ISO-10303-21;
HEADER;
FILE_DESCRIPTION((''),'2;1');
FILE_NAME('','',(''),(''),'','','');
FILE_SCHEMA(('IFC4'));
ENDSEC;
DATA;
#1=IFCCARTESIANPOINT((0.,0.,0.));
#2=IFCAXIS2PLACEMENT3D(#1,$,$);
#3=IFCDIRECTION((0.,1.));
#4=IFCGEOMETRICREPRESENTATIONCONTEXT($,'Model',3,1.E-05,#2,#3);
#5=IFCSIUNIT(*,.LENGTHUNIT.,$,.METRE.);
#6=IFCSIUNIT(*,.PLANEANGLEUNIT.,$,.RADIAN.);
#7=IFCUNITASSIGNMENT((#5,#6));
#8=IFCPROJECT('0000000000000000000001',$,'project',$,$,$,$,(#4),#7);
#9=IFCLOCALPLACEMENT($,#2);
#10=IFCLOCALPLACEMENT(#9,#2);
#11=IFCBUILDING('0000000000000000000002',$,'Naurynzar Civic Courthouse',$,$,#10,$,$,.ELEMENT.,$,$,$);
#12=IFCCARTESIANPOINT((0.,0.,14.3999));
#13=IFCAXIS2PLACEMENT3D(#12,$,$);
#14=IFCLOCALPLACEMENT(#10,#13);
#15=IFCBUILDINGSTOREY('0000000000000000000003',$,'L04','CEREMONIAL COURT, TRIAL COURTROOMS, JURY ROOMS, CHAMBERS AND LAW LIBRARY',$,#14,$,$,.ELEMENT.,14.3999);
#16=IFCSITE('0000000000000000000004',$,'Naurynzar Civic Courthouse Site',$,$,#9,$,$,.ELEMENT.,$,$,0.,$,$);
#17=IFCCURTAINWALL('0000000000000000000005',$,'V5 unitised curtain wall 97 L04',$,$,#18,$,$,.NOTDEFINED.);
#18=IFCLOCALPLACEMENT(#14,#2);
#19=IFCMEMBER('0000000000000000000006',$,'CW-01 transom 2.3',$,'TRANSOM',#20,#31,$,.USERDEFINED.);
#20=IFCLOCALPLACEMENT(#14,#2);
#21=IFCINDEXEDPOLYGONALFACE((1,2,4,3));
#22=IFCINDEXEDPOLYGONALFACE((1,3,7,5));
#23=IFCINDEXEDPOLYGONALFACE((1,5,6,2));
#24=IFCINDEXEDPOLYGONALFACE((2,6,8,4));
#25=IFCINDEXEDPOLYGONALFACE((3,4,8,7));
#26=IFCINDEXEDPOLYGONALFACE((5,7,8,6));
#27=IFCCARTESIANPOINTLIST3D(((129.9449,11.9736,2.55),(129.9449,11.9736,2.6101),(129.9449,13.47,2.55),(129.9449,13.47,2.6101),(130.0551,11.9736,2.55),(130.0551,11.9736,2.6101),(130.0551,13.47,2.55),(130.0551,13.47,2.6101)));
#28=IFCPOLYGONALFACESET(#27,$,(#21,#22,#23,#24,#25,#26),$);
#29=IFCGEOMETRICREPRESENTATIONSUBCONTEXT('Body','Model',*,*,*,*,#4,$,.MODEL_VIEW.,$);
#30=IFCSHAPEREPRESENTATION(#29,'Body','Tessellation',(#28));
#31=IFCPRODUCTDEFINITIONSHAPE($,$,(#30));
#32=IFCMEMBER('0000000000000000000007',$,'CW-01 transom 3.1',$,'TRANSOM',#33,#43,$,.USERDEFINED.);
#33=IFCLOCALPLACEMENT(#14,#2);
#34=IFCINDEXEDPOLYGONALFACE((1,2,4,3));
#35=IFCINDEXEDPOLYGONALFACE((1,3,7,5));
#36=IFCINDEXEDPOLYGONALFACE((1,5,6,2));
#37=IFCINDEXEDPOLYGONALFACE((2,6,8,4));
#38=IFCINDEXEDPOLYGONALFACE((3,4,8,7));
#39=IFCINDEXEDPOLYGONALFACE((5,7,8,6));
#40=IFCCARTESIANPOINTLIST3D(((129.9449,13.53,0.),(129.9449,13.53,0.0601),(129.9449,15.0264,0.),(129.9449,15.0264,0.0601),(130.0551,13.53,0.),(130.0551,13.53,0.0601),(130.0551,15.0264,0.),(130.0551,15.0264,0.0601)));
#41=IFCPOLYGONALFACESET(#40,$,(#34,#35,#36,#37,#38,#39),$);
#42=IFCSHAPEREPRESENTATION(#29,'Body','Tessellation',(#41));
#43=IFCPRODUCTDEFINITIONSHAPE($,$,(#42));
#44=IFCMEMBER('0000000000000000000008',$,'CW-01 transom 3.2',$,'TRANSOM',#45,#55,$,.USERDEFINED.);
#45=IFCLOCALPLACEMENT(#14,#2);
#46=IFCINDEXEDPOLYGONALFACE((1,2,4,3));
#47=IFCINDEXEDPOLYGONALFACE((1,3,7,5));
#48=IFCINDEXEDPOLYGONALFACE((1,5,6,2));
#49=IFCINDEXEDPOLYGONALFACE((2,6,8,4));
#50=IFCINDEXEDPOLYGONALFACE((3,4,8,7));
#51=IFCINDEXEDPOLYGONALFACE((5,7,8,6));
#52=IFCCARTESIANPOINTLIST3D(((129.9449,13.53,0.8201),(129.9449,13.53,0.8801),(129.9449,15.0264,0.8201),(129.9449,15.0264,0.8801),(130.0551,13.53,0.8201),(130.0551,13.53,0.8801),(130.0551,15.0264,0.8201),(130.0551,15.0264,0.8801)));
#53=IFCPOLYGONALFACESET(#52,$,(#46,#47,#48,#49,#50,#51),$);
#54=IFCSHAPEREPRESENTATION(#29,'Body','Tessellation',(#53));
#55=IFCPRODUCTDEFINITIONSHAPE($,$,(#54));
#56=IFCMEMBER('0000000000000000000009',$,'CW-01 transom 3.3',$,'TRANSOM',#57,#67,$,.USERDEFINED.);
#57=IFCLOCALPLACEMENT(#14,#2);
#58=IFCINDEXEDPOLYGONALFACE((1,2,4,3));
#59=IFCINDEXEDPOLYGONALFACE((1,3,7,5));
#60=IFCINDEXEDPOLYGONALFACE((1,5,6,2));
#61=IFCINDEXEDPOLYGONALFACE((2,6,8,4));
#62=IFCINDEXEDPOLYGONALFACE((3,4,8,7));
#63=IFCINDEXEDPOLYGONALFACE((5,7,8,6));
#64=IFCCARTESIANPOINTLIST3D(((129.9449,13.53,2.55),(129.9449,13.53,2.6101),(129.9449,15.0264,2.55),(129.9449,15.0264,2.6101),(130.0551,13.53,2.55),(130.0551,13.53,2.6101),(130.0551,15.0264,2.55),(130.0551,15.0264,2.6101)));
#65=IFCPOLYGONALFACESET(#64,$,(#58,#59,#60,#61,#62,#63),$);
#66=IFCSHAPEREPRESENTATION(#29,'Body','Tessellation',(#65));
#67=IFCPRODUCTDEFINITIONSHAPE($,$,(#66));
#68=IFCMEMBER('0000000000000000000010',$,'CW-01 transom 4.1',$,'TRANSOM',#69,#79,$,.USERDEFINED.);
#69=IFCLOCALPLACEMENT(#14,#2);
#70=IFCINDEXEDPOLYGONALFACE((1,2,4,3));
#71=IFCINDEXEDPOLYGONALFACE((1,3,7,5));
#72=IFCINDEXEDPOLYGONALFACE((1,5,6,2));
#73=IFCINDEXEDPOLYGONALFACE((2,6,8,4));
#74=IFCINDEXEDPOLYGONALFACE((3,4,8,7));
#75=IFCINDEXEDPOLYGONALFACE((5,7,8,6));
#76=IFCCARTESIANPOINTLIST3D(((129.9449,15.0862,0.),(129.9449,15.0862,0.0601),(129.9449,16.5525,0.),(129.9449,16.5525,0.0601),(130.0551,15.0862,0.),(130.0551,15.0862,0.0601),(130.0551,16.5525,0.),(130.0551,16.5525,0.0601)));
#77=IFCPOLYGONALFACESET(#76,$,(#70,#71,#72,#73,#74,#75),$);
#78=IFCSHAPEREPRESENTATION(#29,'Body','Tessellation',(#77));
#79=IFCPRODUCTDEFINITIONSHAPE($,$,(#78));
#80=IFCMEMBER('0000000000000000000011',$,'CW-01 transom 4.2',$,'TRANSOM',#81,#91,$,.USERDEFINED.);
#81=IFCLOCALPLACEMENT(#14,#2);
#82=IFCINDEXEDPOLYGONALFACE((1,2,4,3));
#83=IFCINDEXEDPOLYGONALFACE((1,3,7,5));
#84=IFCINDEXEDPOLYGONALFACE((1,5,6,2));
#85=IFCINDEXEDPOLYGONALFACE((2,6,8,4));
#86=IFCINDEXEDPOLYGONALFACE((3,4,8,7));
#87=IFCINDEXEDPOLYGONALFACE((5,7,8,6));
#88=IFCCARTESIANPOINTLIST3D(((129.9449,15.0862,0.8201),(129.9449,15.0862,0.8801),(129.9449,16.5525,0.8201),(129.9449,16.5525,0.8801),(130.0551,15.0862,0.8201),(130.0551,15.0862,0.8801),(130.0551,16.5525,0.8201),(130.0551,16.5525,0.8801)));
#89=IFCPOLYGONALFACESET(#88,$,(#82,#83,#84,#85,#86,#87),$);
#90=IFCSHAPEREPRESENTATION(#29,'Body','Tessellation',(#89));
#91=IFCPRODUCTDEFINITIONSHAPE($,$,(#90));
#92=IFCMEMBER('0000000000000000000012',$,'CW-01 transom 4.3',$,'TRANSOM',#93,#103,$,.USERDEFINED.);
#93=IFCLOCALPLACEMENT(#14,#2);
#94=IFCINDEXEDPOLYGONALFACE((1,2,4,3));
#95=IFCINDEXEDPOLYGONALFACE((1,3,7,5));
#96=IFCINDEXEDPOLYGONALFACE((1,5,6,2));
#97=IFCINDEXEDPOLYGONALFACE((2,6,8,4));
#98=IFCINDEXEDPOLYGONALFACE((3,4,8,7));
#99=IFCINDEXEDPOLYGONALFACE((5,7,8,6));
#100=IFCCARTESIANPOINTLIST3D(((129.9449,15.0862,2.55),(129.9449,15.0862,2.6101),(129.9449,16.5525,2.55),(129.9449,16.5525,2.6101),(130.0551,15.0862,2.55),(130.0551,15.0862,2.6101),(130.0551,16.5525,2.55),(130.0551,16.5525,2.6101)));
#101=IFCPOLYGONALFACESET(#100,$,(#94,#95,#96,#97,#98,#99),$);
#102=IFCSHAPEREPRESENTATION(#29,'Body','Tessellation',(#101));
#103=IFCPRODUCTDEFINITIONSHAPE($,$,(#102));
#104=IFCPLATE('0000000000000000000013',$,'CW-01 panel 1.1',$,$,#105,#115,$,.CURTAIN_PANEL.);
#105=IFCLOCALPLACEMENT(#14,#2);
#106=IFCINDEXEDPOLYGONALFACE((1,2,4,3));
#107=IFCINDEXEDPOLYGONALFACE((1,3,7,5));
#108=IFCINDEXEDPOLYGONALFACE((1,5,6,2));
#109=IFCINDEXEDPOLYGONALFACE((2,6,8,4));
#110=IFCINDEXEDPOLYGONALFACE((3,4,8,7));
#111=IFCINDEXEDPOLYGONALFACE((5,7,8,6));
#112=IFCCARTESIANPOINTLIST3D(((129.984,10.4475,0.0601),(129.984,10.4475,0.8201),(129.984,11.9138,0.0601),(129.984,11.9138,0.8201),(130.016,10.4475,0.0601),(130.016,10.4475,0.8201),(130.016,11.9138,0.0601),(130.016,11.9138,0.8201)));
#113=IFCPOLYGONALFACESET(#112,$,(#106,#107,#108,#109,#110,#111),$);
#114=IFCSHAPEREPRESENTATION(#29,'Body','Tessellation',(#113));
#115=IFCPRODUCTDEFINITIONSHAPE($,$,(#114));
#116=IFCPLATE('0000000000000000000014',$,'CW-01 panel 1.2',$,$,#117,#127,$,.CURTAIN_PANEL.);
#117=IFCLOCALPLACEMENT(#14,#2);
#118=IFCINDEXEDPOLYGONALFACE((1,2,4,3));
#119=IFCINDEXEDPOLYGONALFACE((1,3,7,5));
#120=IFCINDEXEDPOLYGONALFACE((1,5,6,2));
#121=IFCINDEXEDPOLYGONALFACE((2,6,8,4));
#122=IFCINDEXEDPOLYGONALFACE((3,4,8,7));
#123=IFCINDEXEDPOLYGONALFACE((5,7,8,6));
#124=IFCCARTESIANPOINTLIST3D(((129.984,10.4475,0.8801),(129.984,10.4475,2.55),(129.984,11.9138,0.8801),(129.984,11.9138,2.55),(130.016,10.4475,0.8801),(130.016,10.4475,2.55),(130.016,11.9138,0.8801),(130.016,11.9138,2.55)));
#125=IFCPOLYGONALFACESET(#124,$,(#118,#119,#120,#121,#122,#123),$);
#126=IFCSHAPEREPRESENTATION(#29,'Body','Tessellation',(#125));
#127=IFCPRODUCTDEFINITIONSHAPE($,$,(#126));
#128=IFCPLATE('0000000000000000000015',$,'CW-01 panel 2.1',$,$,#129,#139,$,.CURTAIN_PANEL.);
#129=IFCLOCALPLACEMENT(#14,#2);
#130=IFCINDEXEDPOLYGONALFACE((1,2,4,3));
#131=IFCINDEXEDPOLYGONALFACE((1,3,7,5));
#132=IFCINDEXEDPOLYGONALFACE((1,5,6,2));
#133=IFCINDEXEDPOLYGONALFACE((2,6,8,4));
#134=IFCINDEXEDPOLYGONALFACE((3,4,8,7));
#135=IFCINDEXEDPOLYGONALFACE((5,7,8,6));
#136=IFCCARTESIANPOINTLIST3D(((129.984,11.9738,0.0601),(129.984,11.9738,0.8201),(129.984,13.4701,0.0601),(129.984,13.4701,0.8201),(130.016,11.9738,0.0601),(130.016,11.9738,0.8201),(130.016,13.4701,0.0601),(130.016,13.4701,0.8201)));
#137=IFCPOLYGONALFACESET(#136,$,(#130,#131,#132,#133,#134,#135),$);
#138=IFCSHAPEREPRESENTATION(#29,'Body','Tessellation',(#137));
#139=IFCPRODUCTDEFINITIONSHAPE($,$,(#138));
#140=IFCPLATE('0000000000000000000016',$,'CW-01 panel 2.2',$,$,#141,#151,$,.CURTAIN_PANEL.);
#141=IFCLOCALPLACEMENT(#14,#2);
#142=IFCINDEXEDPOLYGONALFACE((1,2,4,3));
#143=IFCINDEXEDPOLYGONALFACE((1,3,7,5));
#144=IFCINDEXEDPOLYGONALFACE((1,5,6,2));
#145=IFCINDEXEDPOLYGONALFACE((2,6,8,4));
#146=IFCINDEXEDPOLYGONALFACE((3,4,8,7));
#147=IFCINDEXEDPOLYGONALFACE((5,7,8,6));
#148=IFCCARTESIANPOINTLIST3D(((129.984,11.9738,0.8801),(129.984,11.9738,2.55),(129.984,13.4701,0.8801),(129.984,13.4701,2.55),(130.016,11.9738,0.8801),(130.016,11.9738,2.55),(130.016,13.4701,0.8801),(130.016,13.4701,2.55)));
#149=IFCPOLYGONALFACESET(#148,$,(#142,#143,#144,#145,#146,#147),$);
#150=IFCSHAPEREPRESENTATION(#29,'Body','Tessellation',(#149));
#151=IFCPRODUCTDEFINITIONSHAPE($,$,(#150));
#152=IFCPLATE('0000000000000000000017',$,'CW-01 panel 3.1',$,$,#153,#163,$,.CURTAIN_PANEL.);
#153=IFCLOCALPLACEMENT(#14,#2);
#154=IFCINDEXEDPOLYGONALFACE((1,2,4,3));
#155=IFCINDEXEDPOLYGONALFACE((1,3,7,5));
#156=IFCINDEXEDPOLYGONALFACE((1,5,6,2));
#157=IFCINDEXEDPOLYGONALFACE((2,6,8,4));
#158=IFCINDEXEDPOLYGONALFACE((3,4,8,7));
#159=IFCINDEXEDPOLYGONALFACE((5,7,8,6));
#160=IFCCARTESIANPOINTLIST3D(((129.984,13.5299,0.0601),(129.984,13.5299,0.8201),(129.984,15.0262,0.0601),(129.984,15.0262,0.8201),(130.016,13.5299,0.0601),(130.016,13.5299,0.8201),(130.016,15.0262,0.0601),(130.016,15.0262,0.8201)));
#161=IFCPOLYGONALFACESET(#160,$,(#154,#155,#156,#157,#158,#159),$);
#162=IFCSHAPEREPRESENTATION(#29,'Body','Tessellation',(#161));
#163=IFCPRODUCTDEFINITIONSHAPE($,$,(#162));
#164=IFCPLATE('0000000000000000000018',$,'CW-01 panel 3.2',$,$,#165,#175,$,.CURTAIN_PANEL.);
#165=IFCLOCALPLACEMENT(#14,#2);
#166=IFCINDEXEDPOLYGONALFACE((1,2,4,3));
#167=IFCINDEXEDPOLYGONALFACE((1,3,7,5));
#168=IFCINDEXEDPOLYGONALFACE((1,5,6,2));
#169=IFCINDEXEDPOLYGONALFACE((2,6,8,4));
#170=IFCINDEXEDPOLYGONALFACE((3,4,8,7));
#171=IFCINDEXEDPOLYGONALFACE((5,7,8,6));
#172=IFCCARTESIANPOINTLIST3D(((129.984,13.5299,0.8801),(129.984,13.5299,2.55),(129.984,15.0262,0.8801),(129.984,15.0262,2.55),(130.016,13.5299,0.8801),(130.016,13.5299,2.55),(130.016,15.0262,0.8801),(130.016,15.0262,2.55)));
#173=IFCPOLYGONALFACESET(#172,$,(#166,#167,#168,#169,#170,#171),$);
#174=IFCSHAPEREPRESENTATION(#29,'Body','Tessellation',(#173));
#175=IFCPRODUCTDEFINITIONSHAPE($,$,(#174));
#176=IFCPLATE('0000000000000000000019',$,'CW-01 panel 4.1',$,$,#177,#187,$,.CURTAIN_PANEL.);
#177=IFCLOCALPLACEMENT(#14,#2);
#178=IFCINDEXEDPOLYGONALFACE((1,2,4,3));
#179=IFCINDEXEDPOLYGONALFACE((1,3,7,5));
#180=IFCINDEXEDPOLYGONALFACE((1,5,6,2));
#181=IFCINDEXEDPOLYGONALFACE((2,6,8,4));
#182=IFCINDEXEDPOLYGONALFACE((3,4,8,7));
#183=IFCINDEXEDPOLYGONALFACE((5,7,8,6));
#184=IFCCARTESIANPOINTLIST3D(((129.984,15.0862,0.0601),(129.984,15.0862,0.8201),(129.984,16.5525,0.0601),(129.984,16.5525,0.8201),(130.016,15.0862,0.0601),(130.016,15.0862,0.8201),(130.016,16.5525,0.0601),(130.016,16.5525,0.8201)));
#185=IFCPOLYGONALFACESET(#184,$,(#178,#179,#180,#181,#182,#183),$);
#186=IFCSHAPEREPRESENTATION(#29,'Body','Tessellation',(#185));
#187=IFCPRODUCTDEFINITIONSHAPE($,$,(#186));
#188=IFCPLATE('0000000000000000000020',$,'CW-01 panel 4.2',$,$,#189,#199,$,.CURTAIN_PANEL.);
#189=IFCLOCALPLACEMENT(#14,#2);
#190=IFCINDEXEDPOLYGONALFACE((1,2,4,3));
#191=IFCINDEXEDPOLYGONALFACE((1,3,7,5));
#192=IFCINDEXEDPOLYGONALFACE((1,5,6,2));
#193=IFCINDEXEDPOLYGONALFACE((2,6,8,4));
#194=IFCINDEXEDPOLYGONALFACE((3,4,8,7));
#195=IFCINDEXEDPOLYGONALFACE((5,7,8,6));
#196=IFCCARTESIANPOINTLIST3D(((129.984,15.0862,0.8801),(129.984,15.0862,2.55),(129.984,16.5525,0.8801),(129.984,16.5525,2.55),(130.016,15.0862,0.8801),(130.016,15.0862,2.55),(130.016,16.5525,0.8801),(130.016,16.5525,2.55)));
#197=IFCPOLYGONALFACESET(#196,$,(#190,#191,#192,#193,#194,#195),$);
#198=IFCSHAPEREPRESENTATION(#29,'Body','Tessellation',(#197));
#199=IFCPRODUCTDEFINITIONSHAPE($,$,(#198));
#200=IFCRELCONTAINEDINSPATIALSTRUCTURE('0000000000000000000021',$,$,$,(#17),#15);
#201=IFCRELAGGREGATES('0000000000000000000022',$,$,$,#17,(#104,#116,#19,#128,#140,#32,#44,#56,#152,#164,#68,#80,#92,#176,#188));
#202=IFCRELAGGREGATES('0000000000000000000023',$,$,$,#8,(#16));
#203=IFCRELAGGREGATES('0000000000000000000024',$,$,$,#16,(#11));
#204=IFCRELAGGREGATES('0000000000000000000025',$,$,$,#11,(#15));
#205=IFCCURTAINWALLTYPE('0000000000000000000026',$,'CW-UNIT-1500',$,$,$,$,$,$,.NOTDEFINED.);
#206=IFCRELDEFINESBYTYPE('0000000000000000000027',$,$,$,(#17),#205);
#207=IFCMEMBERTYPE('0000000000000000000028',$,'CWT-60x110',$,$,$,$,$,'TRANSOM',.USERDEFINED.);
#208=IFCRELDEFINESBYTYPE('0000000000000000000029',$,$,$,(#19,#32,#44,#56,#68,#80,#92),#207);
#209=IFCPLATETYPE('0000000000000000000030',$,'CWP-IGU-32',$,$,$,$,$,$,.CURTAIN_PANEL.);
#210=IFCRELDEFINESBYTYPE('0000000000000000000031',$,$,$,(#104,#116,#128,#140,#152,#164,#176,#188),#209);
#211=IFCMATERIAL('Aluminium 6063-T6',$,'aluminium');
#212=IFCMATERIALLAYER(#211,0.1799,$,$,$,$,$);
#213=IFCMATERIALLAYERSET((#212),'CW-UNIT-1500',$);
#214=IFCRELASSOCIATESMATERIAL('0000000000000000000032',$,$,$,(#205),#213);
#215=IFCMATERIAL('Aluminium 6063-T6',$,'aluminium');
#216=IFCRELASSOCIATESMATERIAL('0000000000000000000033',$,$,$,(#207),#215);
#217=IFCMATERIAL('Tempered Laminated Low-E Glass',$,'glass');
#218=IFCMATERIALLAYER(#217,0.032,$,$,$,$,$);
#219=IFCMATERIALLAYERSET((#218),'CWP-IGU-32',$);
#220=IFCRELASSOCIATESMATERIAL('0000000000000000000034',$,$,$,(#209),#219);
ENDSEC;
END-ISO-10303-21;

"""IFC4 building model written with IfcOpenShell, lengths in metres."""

from ifc_helpers import new_model, si_unit, direction, frame, origin, origin_2d, place, context, subcontext, project, spatial, rectangle, extrude, material, layer, layer_set, material_profile, profile_set, type_object, element, aggregate, save


model = new_model("IFC4")

# Units and contexts
model_context = context("Model", 3, precision=1e-05, world=origin(), true_north=direction((0.0, 1.0)))
body_context = subcontext(model_context, "Body", "Model", "MODEL_VIEW")
ifc_project = project(units=[si_unit("LENGTHUNIT", "METRE"), si_unit("PLANEANGLEUNIT", "RADIAN")], contexts=[model_context])

# Site, building, storey
site_placement = place(None, origin())
site = spatial("IfcSite", under=ifc_project, at=site_placement, Name="Naurynzar Civic Courthouse Site", CompositionType="ELEMENT", RefElevation=0.0)
building_placement = place(site_placement, origin())
building = spatial("IfcBuilding", under=site, at=building_placement, Name="Naurynzar Civic Courthouse", CompositionType="ELEMENT")
storey_placement = place(building_placement, frame((0.0, 0.0, 14.3999)))
storey = spatial("IfcBuildingStorey", under=building, at=storey_placement, Name="L04", Description="CEREMONIAL COURT, TRIAL COURTROOMS, JURY ROOMS, CHAMBERS AND LAW LIBRARY", CompositionType="ELEMENT", Elevation=14.3999)

# Curtain wall, members, plates
ifc_material_1 = material(Name="Aluminium 6063-T6", Category="aluminium")
ifc_layer_1 = layer(ifc_material_1, 0.1799)
ifc_layer_set_1 = layer_set([ifc_layer_1], Name="CW-UNIT-1500")
curtain_wall_type = type_object("IfcCurtainWallType", Name="CW-UNIT-1500", PredefinedType="NOTDEFINED", material=ifc_layer_set_1)
curtain_wall_placement = place(storey_placement, origin())
curtain_wall = element("IfcCurtainWall", 1, at=curtain_wall_placement, inside=storey, type_object=curtain_wall_type, Name="V5 unitised curtain wall 97 L04", PredefinedType="NOTDEFINED")
ifc_material_2 = material(Name="Aluminium 6063-T6", Category="aluminium")
ifc_material_profile_1 = material_profile(ifc_material_2, rectangle(XDim=0.1101, YDim=0.0601, at=origin_2d()), Name="ALU TRANSOM 60x110")
ifc_profile_set_1 = profile_set([ifc_material_profile_1], Name="Aluminium 6063-T6")
member_type_1 = type_object("IfcMemberType", Name="CWT-60x110", ElementType="TRANSOM", PredefinedType="USERDEFINED", material=ifc_profile_set_1)
member_1_placement = place(storey_placement, frame((130.0, 11.9736, 2.5801), z_axis=(0.0, 1.0, 0.0), x_axis=(-1.0, 0.0, 0.0)))
member_1 = element("IfcMember", 2, at=member_1_placement, type_object=member_type_1, Name="CW-01 transom 2.3", ObjectType="TRANSOM", PredefinedType="USERDEFINED", context=body_context, shape_type="SweptSolid", body=[
    extrude(rectangle(XDim=0.1101, YDim=0.0601, at=origin_2d()), origin(), (0.0, 0.0, 1.0), 1.4963),
])
member_2_placement = place(storey_placement, frame((130.0, 13.53, 0.03), z_axis=(0.0, 1.0, 0.0), x_axis=(-1.0, 0.0, 0.0)))
member_2 = element("IfcMember", 3, at=member_2_placement, type_object=member_type_1, Name="CW-01 transom 3.1", ObjectType="TRANSOM", PredefinedType="USERDEFINED", context=body_context, shape_type="SweptSolid", body=[
    extrude(rectangle(XDim=0.1101, YDim=0.0601, at=origin_2d()), origin(), (0.0, 0.0, 1.0), 1.4963),
])
member_3_placement = place(storey_placement, frame((130.0, 13.53, 0.8501), z_axis=(0.0, 1.0, 0.0), x_axis=(-1.0, 0.0, 0.0)))
member_3 = element("IfcMember", 4, at=member_3_placement, type_object=member_type_1, Name="CW-01 transom 3.2", ObjectType="TRANSOM", PredefinedType="USERDEFINED", context=body_context, shape_type="SweptSolid", body=[
    extrude(rectangle(XDim=0.1101, YDim=0.0601, at=origin_2d()), origin(), (0.0, 0.0, 1.0), 1.4963),
])
member_4_placement = place(storey_placement, frame((130.0, 13.53, 2.5801), z_axis=(0.0, 1.0, 0.0), x_axis=(-1.0, 0.0, 0.0)))
member_4 = element("IfcMember", 5, at=member_4_placement, type_object=member_type_1, Name="CW-01 transom 3.3", ObjectType="TRANSOM", PredefinedType="USERDEFINED", context=body_context, shape_type="SweptSolid", body=[
    extrude(rectangle(XDim=0.1101, YDim=0.0601, at=origin_2d()), origin(), (0.0, 0.0, 1.0), 1.4963),
])
member_5_placement = place(storey_placement, frame((130.0, 15.0862, 0.03), z_axis=(0.0, 1.0, 0.0), x_axis=(-1.0, 0.0, 0.0)))
member_5 = element("IfcMember", 6, at=member_5_placement, type_object=member_type_1, Name="CW-01 transom 4.1", ObjectType="TRANSOM", PredefinedType="USERDEFINED", context=body_context, shape_type="SweptSolid", body=[
    extrude(rectangle(XDim=0.1101, YDim=0.0601, at=origin_2d()), origin(), (0.0, 0.0, 1.0), 1.4663),
])
member_6_placement = place(storey_placement, frame((130.0, 15.0862, 0.8501), z_axis=(0.0, 1.0, 0.0), x_axis=(-1.0, 0.0, 0.0)))
member_6 = element("IfcMember", 7, at=member_6_placement, type_object=member_type_1, Name="CW-01 transom 4.2", ObjectType="TRANSOM", PredefinedType="USERDEFINED", context=body_context, shape_type="SweptSolid", body=[
    extrude(rectangle(XDim=0.1101, YDim=0.0601, at=origin_2d()), origin(), (0.0, 0.0, 1.0), 1.4663),
])
member_7_placement = place(storey_placement, frame((130.0, 15.0862, 2.5801), z_axis=(0.0, 1.0, 0.0), x_axis=(-1.0, 0.0, 0.0)))
member_7 = element("IfcMember", 8, at=member_7_placement, type_object=member_type_1, Name="CW-01 transom 4.3", ObjectType="TRANSOM", PredefinedType="USERDEFINED", context=body_context, shape_type="SweptSolid", body=[
    extrude(rectangle(XDim=0.1101, YDim=0.0601, at=origin_2d()), origin(), (0.0, 0.0, 1.0), 1.4663),
])
ifc_material_3 = material(Name="Tempered Laminated Low-E Glass", Category="glass")
ifc_layer_2 = layer(ifc_material_3, 0.032)
ifc_layer_set_2 = layer_set([ifc_layer_2], Name="CWP-IGU-32")
plate_type = type_object("IfcPlateType", Name="CWP-IGU-32", PredefinedType="CURTAIN_PANEL", material=ifc_layer_set_2)
plate_1_placement = place(storey_placement, frame((130.0, 11.1807, 0.0601), z_axis=(0.0, 0.0, 1.0), x_axis=(0.0, 1.0, 0.0)))
plate_1 = element("IfcPlate", 9, at=plate_1_placement, type_object=plate_type, Name="CW-01 panel 1.1", PredefinedType="CURTAIN_PANEL", context=body_context, shape_type="SweptSolid", body=[
    extrude(rectangle(XDim=1.4663, YDim=0.032, at=origin_2d()), origin(), (0.0, 0.0, 1.0), 0.76),
])
plate_2_placement = place(storey_placement, frame((130.0, 11.1807, 0.8801), z_axis=(0.0, 0.0, 1.0), x_axis=(0.0, 1.0, 0.0)))
plate_2 = element("IfcPlate", 10, at=plate_2_placement, type_object=plate_type, Name="CW-01 panel 1.2", PredefinedType="CURTAIN_PANEL", context=body_context, shape_type="SweptSolid", body=[
    extrude(rectangle(XDim=1.4663, YDim=0.032, at=origin_2d()), origin(), (0.0, 0.0, 1.0), 1.6699),
])
plate_3_placement = place(storey_placement, frame((130.0, 12.7219, 0.0601), z_axis=(0.0, 0.0, 1.0), x_axis=(0.0, 1.0, 0.0)))
plate_3 = element("IfcPlate", 11, at=plate_3_placement, type_object=plate_type, Name="CW-01 panel 2.1", PredefinedType="CURTAIN_PANEL", context=body_context, shape_type="SweptSolid", body=[
    extrude(rectangle(XDim=1.4963, YDim=0.032, at=origin_2d()), origin(), (0.0, 0.0, 1.0), 0.76),
])
plate_4_placement = place(storey_placement, frame((130.0, 12.7219, 0.8801), z_axis=(0.0, 0.0, 1.0), x_axis=(0.0, 1.0, 0.0)))
plate_4 = element("IfcPlate", 12, at=plate_4_placement, type_object=plate_type, Name="CW-01 panel 2.2", PredefinedType="CURTAIN_PANEL", context=body_context, shape_type="SweptSolid", body=[
    extrude(rectangle(XDim=1.4963, YDim=0.032, at=origin_2d()), origin(), (0.0, 0.0, 1.0), 1.6699),
])
plate_5_placement = place(storey_placement, frame((130.0, 14.2781, 0.0601), z_axis=(0.0, 0.0, 1.0), x_axis=(0.0, 1.0, 0.0)))
plate_5 = element("IfcPlate", 13, at=plate_5_placement, type_object=plate_type, Name="CW-01 panel 3.1", PredefinedType="CURTAIN_PANEL", context=body_context, shape_type="SweptSolid", body=[
    extrude(rectangle(XDim=1.4963, YDim=0.032, at=origin_2d()), origin(), (0.0, 0.0, 1.0), 0.76),
])
plate_6_placement = place(storey_placement, frame((130.0, 14.2781, 0.8801), z_axis=(0.0, 0.0, 1.0), x_axis=(0.0, 1.0, 0.0)))
plate_6 = element("IfcPlate", 14, at=plate_6_placement, type_object=plate_type, Name="CW-01 panel 3.2", PredefinedType="CURTAIN_PANEL", context=body_context, shape_type="SweptSolid", body=[
    extrude(rectangle(XDim=1.4963, YDim=0.032, at=origin_2d()), origin(), (0.0, 0.0, 1.0), 1.6699),
])
plate_7_placement = place(storey_placement, frame((130.0, 15.8193, 0.0601), z_axis=(0.0, 0.0, 1.0), x_axis=(0.0, 1.0, 0.0)))
plate_7 = element("IfcPlate", 15, at=plate_7_placement, type_object=plate_type, Name="CW-01 panel 4.1", PredefinedType="CURTAIN_PANEL", context=body_context, shape_type="SweptSolid", body=[
    extrude(rectangle(XDim=1.4663, YDim=0.032, at=origin_2d()), origin(), (0.0, 0.0, 1.0), 0.76),
])
plate_8_placement = place(storey_placement, frame((130.0, 15.8193, 0.8801), z_axis=(0.0, 0.0, 1.0), x_axis=(0.0, 1.0, 0.0)))
plate_8 = element("IfcPlate", 16, at=plate_8_placement, type_object=plate_type, Name="CW-01 panel 4.2", PredefinedType="CURTAIN_PANEL", context=body_context, shape_type="SweptSolid", body=[
    extrude(rectangle(XDim=1.4663, YDim=0.032, at=origin_2d()), origin(), (0.0, 0.0, 1.0), 1.6699),
])
aggregate(curtain_wall, [plate_1, plate_2, member_1, plate_3, plate_4, member_2, member_3, member_4, plate_5, plate_6, member_5, member_6, member_7, plate_7, plate_8])

save(model, "model.ifc")
